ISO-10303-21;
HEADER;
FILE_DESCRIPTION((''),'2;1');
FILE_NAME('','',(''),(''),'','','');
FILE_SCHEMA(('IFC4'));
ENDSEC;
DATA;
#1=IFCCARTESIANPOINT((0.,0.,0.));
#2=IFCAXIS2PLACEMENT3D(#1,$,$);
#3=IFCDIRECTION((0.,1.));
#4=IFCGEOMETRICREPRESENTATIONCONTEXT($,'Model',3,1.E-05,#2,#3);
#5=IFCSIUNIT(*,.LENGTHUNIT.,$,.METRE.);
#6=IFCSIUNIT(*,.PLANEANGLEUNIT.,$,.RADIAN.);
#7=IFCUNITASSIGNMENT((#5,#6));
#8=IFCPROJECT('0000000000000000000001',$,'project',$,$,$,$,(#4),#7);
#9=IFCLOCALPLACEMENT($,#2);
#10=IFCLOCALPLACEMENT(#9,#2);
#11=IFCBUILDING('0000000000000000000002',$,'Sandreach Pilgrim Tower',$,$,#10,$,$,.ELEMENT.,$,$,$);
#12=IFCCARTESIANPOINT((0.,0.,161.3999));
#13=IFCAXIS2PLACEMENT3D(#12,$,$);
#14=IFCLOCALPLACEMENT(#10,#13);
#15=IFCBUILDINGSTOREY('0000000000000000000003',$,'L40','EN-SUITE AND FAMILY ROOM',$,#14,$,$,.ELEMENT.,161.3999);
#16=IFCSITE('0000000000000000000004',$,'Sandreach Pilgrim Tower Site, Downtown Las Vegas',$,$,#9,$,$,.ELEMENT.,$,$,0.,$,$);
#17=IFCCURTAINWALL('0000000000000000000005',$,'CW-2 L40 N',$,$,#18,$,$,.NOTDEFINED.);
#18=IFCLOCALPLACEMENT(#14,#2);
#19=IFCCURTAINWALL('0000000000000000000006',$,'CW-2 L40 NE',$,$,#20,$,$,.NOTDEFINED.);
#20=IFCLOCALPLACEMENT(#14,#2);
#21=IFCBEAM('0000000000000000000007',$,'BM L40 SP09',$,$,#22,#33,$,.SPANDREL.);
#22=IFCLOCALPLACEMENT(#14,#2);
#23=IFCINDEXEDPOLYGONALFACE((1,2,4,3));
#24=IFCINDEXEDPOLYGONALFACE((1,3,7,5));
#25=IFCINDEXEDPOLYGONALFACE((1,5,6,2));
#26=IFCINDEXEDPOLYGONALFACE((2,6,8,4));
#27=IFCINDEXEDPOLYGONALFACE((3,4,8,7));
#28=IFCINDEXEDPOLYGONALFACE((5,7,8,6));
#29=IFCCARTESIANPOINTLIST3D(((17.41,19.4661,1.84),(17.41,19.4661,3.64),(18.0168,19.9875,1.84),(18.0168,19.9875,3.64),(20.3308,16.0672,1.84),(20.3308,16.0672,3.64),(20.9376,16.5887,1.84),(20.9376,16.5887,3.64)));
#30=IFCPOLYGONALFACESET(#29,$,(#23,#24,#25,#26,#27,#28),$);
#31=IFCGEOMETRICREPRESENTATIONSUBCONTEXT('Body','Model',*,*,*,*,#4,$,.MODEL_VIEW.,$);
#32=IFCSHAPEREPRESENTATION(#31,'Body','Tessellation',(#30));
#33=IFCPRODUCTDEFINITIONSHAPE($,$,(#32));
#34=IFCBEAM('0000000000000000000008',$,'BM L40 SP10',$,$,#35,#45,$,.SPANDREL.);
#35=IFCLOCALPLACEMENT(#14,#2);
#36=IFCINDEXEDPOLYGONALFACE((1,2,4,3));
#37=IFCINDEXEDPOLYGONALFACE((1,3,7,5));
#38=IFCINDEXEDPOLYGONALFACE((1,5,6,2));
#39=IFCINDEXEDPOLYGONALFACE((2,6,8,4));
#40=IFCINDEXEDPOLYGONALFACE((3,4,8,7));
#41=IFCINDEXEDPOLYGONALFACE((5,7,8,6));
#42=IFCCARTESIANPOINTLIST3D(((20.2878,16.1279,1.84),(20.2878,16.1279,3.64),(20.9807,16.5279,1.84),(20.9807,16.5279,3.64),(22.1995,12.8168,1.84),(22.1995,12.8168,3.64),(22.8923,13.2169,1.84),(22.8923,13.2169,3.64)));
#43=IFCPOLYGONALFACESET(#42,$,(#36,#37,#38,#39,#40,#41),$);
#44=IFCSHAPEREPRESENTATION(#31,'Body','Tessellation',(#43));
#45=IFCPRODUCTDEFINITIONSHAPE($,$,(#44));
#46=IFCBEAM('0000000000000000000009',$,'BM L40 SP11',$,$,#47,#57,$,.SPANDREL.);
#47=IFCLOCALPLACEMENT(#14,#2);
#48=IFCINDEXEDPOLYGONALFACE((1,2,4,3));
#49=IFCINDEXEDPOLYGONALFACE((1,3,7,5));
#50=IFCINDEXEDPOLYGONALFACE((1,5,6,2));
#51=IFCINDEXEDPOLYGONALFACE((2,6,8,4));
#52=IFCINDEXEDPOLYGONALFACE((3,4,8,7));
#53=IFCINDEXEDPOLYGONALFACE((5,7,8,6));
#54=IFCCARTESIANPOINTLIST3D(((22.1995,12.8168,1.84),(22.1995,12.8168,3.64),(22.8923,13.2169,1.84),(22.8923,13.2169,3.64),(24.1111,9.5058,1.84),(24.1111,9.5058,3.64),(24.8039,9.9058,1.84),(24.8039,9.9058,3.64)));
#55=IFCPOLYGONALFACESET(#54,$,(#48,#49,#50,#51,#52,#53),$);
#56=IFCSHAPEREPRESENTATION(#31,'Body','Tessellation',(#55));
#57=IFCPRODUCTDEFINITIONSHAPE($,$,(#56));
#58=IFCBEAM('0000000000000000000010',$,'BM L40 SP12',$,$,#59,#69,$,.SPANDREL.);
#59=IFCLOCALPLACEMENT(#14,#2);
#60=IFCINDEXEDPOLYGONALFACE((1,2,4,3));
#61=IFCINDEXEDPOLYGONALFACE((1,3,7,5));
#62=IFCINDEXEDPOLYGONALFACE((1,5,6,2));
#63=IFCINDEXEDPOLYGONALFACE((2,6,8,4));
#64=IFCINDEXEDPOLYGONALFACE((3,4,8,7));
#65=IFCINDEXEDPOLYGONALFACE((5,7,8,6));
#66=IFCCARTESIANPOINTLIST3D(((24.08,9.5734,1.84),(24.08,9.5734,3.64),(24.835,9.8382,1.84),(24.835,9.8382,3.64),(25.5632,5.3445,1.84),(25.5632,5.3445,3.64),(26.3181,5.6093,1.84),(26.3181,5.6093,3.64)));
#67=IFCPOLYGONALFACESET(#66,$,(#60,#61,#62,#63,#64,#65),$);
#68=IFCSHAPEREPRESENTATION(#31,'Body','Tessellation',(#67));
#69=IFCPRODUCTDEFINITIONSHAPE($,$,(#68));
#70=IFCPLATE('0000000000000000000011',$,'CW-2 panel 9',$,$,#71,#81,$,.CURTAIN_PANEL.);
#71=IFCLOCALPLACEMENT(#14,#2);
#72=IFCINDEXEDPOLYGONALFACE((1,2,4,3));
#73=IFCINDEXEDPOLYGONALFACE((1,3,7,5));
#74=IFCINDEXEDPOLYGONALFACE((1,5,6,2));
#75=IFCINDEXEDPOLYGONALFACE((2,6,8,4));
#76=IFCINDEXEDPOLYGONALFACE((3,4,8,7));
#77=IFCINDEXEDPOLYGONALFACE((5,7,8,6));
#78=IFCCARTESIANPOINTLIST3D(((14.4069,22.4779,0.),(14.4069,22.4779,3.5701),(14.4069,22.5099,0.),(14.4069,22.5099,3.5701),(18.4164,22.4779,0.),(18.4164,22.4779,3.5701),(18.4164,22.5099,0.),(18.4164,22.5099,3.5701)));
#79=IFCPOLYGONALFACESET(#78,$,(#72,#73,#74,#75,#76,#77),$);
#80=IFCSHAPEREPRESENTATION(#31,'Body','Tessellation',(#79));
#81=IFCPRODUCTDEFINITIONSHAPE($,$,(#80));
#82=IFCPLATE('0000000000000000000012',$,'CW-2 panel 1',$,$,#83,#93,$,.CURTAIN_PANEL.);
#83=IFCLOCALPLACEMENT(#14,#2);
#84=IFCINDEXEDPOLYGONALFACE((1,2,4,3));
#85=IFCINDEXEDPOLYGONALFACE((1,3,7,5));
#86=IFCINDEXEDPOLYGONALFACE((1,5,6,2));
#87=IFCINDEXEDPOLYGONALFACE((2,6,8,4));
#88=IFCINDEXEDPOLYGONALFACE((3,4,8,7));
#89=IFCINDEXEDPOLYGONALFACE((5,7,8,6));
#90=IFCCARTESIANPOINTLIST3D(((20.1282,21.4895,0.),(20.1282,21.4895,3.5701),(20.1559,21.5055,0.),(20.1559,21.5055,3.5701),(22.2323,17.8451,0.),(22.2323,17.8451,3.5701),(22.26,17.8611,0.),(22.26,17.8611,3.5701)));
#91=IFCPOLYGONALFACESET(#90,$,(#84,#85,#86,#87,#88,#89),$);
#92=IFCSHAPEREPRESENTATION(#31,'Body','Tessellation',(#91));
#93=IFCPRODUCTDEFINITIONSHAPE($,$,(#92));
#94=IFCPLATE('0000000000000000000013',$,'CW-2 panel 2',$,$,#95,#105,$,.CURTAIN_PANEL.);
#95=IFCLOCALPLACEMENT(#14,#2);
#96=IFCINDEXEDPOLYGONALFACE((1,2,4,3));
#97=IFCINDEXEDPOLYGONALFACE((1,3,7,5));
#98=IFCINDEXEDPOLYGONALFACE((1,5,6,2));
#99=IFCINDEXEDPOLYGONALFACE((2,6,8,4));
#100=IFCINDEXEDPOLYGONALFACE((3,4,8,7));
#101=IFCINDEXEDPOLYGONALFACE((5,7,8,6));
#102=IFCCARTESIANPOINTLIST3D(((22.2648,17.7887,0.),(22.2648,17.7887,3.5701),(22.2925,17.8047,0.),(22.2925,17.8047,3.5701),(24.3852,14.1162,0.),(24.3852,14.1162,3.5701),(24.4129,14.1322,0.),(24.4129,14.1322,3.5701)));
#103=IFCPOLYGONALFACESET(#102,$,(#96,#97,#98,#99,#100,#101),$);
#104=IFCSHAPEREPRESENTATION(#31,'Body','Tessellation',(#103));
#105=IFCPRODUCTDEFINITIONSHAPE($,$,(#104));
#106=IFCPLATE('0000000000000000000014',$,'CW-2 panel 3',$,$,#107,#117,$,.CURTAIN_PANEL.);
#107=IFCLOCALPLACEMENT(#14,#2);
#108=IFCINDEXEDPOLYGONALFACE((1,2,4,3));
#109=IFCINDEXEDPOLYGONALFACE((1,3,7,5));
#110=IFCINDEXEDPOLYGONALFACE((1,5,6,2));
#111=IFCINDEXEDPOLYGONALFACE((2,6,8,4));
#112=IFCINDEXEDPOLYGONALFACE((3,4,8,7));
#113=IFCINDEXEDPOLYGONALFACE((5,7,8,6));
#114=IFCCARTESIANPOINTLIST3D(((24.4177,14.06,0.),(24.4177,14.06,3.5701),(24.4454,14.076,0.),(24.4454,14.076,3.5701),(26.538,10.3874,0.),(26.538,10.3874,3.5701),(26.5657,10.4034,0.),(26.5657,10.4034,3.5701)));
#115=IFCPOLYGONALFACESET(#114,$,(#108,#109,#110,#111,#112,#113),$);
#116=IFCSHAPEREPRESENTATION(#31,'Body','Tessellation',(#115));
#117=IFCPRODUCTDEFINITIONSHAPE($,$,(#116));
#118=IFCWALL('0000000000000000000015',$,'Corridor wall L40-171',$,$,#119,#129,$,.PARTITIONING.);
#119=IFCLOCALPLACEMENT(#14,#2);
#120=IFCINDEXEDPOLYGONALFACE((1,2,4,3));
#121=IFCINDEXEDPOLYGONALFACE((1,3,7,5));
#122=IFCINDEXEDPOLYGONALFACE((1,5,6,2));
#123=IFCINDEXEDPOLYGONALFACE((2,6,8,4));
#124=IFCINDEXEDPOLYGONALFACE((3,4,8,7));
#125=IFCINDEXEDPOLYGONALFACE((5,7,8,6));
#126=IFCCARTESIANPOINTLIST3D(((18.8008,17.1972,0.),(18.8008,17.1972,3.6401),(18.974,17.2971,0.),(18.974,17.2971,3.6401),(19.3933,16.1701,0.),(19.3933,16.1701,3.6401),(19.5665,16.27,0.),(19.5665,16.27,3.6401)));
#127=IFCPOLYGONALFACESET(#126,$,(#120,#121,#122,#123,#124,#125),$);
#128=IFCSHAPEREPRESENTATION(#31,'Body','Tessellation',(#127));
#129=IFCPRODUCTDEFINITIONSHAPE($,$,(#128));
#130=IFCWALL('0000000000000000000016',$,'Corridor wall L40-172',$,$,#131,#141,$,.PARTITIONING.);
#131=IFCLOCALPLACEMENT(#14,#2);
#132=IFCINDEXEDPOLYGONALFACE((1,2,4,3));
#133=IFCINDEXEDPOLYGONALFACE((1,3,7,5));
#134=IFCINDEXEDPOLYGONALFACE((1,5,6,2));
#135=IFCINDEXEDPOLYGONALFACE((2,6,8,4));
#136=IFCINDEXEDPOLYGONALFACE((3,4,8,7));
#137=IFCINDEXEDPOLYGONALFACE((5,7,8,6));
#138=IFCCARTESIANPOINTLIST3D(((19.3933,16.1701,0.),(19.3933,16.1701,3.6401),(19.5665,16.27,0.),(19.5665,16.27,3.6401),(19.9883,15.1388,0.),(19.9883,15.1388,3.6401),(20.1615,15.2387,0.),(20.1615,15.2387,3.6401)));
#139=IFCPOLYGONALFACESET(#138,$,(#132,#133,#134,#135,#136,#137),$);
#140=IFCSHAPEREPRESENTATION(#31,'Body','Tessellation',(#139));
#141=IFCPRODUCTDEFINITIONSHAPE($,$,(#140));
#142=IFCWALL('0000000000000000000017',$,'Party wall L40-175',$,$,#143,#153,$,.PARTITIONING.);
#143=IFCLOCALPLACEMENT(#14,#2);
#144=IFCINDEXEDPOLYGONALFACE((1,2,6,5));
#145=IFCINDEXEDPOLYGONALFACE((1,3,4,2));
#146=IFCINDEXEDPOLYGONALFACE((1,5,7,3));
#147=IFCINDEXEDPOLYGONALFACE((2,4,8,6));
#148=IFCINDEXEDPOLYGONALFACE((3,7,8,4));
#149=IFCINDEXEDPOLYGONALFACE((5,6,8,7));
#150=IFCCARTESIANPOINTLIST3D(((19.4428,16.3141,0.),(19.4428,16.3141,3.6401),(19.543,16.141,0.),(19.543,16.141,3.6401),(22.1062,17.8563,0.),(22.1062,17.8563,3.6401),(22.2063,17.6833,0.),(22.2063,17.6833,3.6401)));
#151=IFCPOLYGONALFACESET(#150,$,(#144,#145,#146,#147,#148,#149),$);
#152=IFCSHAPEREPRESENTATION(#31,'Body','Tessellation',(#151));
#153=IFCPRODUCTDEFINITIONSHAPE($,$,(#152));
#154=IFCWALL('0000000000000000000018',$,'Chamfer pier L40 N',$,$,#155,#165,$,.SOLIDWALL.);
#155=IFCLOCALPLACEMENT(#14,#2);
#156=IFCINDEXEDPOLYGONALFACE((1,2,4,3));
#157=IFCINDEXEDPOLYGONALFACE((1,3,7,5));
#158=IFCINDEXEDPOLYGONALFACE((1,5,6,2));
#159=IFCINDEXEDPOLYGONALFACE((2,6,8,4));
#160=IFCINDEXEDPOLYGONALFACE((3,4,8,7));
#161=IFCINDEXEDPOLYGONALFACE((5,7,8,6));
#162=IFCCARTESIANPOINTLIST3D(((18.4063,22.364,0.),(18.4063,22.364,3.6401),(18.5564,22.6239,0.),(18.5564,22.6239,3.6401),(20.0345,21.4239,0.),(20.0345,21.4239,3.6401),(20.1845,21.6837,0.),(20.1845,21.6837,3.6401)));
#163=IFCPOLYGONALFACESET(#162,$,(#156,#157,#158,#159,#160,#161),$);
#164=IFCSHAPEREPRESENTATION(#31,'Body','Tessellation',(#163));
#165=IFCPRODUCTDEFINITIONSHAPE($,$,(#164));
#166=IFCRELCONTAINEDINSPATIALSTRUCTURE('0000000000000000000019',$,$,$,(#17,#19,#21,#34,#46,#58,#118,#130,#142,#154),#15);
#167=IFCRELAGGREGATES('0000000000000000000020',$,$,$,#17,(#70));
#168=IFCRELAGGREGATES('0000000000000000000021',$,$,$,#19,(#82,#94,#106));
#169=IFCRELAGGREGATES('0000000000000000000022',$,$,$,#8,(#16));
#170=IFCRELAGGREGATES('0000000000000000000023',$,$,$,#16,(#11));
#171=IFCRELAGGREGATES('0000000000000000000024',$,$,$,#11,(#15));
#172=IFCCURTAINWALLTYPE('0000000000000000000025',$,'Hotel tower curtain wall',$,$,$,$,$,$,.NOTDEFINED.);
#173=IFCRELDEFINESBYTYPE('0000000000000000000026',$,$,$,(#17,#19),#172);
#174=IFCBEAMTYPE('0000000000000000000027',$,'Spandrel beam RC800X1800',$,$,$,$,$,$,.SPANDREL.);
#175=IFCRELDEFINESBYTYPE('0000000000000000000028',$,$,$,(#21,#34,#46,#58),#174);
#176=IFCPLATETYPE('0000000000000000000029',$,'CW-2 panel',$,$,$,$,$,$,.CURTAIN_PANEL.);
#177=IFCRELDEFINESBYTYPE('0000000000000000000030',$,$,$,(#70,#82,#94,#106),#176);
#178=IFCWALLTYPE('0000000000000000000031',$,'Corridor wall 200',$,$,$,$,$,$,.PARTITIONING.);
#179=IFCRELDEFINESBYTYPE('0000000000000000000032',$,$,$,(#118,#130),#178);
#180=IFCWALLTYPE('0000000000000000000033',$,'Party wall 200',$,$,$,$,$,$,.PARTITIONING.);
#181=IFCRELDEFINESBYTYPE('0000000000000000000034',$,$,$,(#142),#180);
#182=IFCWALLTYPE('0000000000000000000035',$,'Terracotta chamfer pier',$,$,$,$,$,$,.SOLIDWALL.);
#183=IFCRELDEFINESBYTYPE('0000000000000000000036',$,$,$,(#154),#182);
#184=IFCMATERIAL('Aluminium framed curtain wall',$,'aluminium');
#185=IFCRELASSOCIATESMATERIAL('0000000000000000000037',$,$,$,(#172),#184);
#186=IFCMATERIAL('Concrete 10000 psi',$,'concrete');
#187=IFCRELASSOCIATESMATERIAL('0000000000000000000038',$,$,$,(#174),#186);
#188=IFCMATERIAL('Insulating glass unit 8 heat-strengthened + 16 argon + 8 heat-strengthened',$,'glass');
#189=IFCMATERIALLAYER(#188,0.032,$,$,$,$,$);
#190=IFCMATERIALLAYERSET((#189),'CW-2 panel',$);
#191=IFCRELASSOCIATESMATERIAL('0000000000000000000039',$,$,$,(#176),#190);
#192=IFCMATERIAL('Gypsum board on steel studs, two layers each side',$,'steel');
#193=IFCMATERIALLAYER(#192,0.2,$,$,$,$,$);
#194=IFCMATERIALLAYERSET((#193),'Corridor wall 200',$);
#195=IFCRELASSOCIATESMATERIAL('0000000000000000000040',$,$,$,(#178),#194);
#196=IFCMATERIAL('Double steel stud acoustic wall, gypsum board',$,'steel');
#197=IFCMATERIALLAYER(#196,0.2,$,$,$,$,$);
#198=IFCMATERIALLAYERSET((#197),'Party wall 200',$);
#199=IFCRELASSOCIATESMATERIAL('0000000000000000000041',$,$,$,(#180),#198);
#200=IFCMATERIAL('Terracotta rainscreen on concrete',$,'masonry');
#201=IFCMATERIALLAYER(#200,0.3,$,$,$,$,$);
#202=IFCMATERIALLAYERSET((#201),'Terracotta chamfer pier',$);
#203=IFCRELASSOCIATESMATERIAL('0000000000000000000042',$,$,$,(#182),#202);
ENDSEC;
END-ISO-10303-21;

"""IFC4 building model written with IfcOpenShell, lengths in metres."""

from ifc_helpers import new_model, si_unit, direction, frame, frame_2d, origin, origin_2d, place, context, subcontext, project, spatial, rectangle, extrude, material, layer, layer_set, material_profile, profile_set, type_object, element, aggregate, save


model = new_model("IFC4")

# Units and contexts
model_context = context("Model", 3, precision=1e-05, world=origin(), true_north=direction((0.0, 1.0)))
body_context = subcontext(model_context, "Body", "Model", "MODEL_VIEW")
ifc_project = project(units=[si_unit("LENGTHUNIT", "METRE"), si_unit("PLANEANGLEUNIT", "RADIAN")], contexts=[model_context])

# Site, building, storey
site_placement = place(None, origin())
site = spatial("IfcSite", under=ifc_project, at=site_placement, Name="Sandreach Pilgrim Tower Site, Downtown Las Vegas", CompositionType="ELEMENT", RefElevation=0.0)
building_placement = place(site_placement, origin())
building = spatial("IfcBuilding", under=site, at=building_placement, Name="Sandreach Pilgrim Tower", CompositionType="ELEMENT")
storey_placement = place(building_placement, frame((0.0, 0.0, 161.3999)))
storey = spatial("IfcBuildingStorey", under=building, at=storey_placement, Name="L40", Description="EN-SUITE AND FAMILY ROOM", CompositionType="ELEMENT", Elevation=161.3999)

# Curtain wall
ifc_material_1 = material(Name="Aluminium framed curtain wall", Category="aluminium")
curtain_wall_type = type_object("IfcCurtainWallType", Name="Hotel tower curtain wall", PredefinedType="NOTDEFINED", material=ifc_material_1)
curtain_wall_1_placement = place(storey_placement, origin())
curtain_wall_1 = element("IfcCurtainWall", 1, at=curtain_wall_1_placement, inside=storey, type_object=curtain_wall_type, Name="CW-2 L40 N", PredefinedType="NOTDEFINED")

# Curtain wall
curtain_wall_2_placement = place(storey_placement, origin())
curtain_wall_2 = element("IfcCurtainWall", 2, at=curtain_wall_2_placement, inside=storey, type_object=curtain_wall_type, Name="CW-2 L40 NE", PredefinedType="NOTDEFINED")

# Beams
ifc_material_2 = material(Name="Concrete 10000 psi", Category="concrete")
ifc_material_profile_1 = material_profile(ifc_material_2, rectangle(XDim=0.8, YDim=1.8, at=origin_2d()), Name="RC800X1800")
ifc_profile_set_1 = profile_set([ifc_material_profile_1], Name="Concrete 10000 psi")
beam_type_1 = type_object("IfcBeamType", Name="Spandrel beam RC800X1800", PredefinedType="SPANDREL", material=ifc_profile_set_1)
beam_1_placement = place(storey_placement, frame((17.7134, 19.7268, 2.74), z_axis=(0.65176, -0.758425, 0.0), x_axis=(0.758425, 0.65176, 0.0)))
element("IfcBeam", 3, at=beam_1_placement, inside=storey, type_object=beam_type_1, Name="BM L40 SP09", PredefinedType="SPANDREL", context=body_context, shape_type="SweptSolid", body=[
    extrude(rectangle(XDim=0.8, YDim=1.8, at=origin_2d()), origin(), (0.0, 0.0, 1.0), 4.4814),
])
for number, where, z_axis, x_axis, name in (
    (4, (20.6343, 16.3279, 2.74), (0.499999, -0.866026, 0.0), (0.866026, 0.499999, 0.0), "BM L40 SP10"),
    (5, (22.5459, 13.0168, 2.74), (0.499999, -0.866026, 0.0), (0.866026, 0.499999, 0.0), "BM L40 SP11"),
):
    element("IfcBeam", number, at=place(storey_placement, frame(where, z_axis=z_axis, x_axis=x_axis)), inside=storey, type_object=beam_type_1, Name=name, PredefinedType="SPANDREL", context=body_context, shape_type="SweptSolid", body=[
        extrude(rectangle(XDim=0.8, YDim=1.8, at=origin_2d()), origin(), (0.0, 0.0, 1.0), 3.8232),
    ])
beam_2_placement = place(storey_placement, frame((24.4575, 9.7058, 2.74), z_axis=(0.330947, -0.943649, 0.0), x_axis=(0.943649, 0.330947, 0.0)))
element("IfcBeam", 6, at=beam_2_placement, inside=storey, type_object=beam_type_1, Name="BM L40 SP12", PredefinedType="SPANDREL", context=body_context, shape_type="SweptSolid", body=[
    extrude(rectangle(XDim=0.8, YDim=1.8, at=origin_2d()), origin(), (0.0, 0.0, 1.0), 4.4814),
])

# Plates
ifc_material_3 = material(Name="Insulating glass unit 8 heat-strengthened + 16 argon + 8 heat-strengthened", Category="glass")
ifc_layer_1 = layer(ifc_material_3, 0.032)
ifc_layer_set_1 = layer_set([ifc_layer_1], Name="CW-2 panel")
plate_type = type_object("IfcPlateType", Name="CW-2 panel", PredefinedType="CURTAIN_PANEL", material=ifc_layer_set_1)
plate_1_placement = place(storey_placement, frame((16.4116, 22.4939, 0.0), z_axis=(0.0, 0.0, 1.0), x_axis=(1.0, 0.0, 0.0)))
plate_1 = element("IfcPlate", 7, at=plate_1_placement, type_object=plate_type, Name="CW-2 panel 9", PredefinedType="CURTAIN_PANEL", context=body_context, shape_type="SweptSolid", body=[
    extrude(rectangle(XDim=4.0095, YDim=0.032, at=origin_2d()), origin(), (0.0, 0.0, 1.0), 3.5701),
])
aggregate(curtain_wall_1, [plate_1])
plate_2_placement = place(storey_placement, frame((21.1941, 19.6753, 0.0), z_axis=(0.0, 0.0, 1.0), x_axis=(0.5, -0.866025, 0.0)))
plate_2 = element("IfcPlate", 8, at=plate_2_placement, type_object=plate_type, Name="CW-2 panel 1", PredefinedType="CURTAIN_PANEL", context=body_context, shape_type="SweptSolid", body=[
    extrude(rectangle(XDim=4.2083, YDim=0.032, at=origin_2d()), origin(), (0.0, 0.0, 1.0), 3.5701),
])
plate_3_placement = place(storey_placement, frame((23.3389, 15.9604, 0.0), z_axis=(0.0, 0.0, 1.0), x_axis=(0.5, -0.866025, 0.0)))
plate_3 = element("IfcPlate", 9, at=plate_3_placement, type_object=plate_type, Name="CW-2 panel 2", PredefinedType="CURTAIN_PANEL", context=body_context, shape_type="SweptSolid", body=[
    extrude(rectangle(XDim=4.2407, YDim=0.032, at=origin_2d()), origin(), (0.0, 0.0, 1.0), 3.5701),
])
plate_4_placement = place(storey_placement, frame((25.4917, 12.2317, 0.0), z_axis=(0.0, 0.0, 1.0), x_axis=(0.5, -0.866025, 0.0)))
plate_4 = element("IfcPlate", 10, at=plate_4_placement, type_object=plate_type, Name="CW-2 panel 3", PredefinedType="CURTAIN_PANEL", context=body_context, shape_type="SweptSolid", body=[
    extrude(rectangle(XDim=4.2407, YDim=0.032, at=origin_2d()), origin(), (0.0, 0.0, 1.0), 3.5701),
])
aggregate(curtain_wall_2, [plate_2, plate_3, plate_4])

# Shared definitions
ifc_material_4 = material(Name="Gypsum board on steel studs, two layers each side", Category="steel")
ifc_layer_2 = layer(ifc_material_4, 0.2)
ifc_layer_set_2 = layer_set([ifc_layer_2], Name="Corridor wall 200")
wall_type_1 = type_object("IfcWallType", Name="Corridor wall 200", PredefinedType="PARTITIONING", material=ifc_layer_set_2)

# Walls
wall_1_placement = place(storey_placement, frame((18.8875, 17.2471, 0.0), z_axis=(0.0, 0.0, 1.0), x_axis=(0.499705, -0.866196, 0.0)))
element("IfcWall", 11, at=wall_1_placement, inside=storey, type_object=wall_type_1, Name="Corridor wall L40-171", PredefinedType="PARTITIONING", context=body_context, shape_type="SweptSolid", body=[
    extrude(rectangle(XDim=1.1858, YDim=0.2, at=frame_2d((0.5928, 0.0))), origin(), (0.0, 0.0, 1.0), 3.6401),
])
wall_2_placement = place(storey_placement, frame((19.48, 16.22, 0.0), z_axis=(0.0, 0.0, 1.0), x_axis=(0.499734, -0.866179, 0.0)))
element("IfcWall", 12, at=wall_2_placement, inside=storey, type_object=wall_type_1, Name="Corridor wall L40-172", PredefinedType="PARTITIONING", context=body_context, shape_type="SweptSolid", body=[
    extrude(rectangle(XDim=1.1907, YDim=0.2, at=frame_2d((0.5952, 0.0))), origin(), (0.0, 0.0, 1.0), 3.6401),
])
ifc_material_5 = material(Name="Double steel stud acoustic wall, gypsum board", Category="steel")
ifc_layer_3 = layer(ifc_material_5, 0.2)
ifc_layer_set_3 = layer_set([ifc_layer_3], Name="Party wall 200")
wall_type_2 = type_object("IfcWallType", Name="Party wall 200", PredefinedType="PARTITIONING", material=ifc_layer_set_3)
wall_3_placement = place(storey_placement, frame((22.1562, 17.7698, 0.0), z_axis=(0.0, 0.0, 1.0), x_axis=(-0.865383, -0.501111, 0.0)))
element("IfcWall", 13, at=wall_3_placement, inside=storey, type_object=wall_type_2, Name="Party wall L40-175", PredefinedType="PARTITIONING", context=body_context, shape_type="SweptSolid", body=[
    extrude(rectangle(XDim=3.0776, YDim=0.2, at=frame_2d((1.5388, 0.0))), origin(), (0.0, 0.0, 1.0), 3.6401),
])
ifc_material_6 = material(Name="Terracotta rainscreen on concrete", Category="masonry")
ifc_layer_4 = layer(ifc_material_6, 0.3)
ifc_layer_set_4 = layer_set([ifc_layer_4], Name="Terracotta chamfer pier")
wall_type_3 = type_object("IfcWallType", Name="Terracotta chamfer pier", PredefinedType="SOLIDWALL", material=ifc_layer_set_4)
wall_4_placement = place(storey_placement, frame((18.4814, 22.4939, 0.0), z_axis=(0.0, 0.0, 1.0), x_axis=(0.865989, -0.500063, 0.0)))
element("IfcWall", 14, at=wall_4_placement, inside=storey, type_object=wall_type_3, Name="Chamfer pier L40 N", PredefinedType="SOLIDWALL", context=body_context, shape_type="SweptSolid", body=[
    extrude(rectangle(XDim=1.8801, YDim=0.3, at=frame_2d((0.9399, 0.0))), origin(), (0.0, 0.0, 1.0), 3.6401),
])

save(model, "model.ifc")
